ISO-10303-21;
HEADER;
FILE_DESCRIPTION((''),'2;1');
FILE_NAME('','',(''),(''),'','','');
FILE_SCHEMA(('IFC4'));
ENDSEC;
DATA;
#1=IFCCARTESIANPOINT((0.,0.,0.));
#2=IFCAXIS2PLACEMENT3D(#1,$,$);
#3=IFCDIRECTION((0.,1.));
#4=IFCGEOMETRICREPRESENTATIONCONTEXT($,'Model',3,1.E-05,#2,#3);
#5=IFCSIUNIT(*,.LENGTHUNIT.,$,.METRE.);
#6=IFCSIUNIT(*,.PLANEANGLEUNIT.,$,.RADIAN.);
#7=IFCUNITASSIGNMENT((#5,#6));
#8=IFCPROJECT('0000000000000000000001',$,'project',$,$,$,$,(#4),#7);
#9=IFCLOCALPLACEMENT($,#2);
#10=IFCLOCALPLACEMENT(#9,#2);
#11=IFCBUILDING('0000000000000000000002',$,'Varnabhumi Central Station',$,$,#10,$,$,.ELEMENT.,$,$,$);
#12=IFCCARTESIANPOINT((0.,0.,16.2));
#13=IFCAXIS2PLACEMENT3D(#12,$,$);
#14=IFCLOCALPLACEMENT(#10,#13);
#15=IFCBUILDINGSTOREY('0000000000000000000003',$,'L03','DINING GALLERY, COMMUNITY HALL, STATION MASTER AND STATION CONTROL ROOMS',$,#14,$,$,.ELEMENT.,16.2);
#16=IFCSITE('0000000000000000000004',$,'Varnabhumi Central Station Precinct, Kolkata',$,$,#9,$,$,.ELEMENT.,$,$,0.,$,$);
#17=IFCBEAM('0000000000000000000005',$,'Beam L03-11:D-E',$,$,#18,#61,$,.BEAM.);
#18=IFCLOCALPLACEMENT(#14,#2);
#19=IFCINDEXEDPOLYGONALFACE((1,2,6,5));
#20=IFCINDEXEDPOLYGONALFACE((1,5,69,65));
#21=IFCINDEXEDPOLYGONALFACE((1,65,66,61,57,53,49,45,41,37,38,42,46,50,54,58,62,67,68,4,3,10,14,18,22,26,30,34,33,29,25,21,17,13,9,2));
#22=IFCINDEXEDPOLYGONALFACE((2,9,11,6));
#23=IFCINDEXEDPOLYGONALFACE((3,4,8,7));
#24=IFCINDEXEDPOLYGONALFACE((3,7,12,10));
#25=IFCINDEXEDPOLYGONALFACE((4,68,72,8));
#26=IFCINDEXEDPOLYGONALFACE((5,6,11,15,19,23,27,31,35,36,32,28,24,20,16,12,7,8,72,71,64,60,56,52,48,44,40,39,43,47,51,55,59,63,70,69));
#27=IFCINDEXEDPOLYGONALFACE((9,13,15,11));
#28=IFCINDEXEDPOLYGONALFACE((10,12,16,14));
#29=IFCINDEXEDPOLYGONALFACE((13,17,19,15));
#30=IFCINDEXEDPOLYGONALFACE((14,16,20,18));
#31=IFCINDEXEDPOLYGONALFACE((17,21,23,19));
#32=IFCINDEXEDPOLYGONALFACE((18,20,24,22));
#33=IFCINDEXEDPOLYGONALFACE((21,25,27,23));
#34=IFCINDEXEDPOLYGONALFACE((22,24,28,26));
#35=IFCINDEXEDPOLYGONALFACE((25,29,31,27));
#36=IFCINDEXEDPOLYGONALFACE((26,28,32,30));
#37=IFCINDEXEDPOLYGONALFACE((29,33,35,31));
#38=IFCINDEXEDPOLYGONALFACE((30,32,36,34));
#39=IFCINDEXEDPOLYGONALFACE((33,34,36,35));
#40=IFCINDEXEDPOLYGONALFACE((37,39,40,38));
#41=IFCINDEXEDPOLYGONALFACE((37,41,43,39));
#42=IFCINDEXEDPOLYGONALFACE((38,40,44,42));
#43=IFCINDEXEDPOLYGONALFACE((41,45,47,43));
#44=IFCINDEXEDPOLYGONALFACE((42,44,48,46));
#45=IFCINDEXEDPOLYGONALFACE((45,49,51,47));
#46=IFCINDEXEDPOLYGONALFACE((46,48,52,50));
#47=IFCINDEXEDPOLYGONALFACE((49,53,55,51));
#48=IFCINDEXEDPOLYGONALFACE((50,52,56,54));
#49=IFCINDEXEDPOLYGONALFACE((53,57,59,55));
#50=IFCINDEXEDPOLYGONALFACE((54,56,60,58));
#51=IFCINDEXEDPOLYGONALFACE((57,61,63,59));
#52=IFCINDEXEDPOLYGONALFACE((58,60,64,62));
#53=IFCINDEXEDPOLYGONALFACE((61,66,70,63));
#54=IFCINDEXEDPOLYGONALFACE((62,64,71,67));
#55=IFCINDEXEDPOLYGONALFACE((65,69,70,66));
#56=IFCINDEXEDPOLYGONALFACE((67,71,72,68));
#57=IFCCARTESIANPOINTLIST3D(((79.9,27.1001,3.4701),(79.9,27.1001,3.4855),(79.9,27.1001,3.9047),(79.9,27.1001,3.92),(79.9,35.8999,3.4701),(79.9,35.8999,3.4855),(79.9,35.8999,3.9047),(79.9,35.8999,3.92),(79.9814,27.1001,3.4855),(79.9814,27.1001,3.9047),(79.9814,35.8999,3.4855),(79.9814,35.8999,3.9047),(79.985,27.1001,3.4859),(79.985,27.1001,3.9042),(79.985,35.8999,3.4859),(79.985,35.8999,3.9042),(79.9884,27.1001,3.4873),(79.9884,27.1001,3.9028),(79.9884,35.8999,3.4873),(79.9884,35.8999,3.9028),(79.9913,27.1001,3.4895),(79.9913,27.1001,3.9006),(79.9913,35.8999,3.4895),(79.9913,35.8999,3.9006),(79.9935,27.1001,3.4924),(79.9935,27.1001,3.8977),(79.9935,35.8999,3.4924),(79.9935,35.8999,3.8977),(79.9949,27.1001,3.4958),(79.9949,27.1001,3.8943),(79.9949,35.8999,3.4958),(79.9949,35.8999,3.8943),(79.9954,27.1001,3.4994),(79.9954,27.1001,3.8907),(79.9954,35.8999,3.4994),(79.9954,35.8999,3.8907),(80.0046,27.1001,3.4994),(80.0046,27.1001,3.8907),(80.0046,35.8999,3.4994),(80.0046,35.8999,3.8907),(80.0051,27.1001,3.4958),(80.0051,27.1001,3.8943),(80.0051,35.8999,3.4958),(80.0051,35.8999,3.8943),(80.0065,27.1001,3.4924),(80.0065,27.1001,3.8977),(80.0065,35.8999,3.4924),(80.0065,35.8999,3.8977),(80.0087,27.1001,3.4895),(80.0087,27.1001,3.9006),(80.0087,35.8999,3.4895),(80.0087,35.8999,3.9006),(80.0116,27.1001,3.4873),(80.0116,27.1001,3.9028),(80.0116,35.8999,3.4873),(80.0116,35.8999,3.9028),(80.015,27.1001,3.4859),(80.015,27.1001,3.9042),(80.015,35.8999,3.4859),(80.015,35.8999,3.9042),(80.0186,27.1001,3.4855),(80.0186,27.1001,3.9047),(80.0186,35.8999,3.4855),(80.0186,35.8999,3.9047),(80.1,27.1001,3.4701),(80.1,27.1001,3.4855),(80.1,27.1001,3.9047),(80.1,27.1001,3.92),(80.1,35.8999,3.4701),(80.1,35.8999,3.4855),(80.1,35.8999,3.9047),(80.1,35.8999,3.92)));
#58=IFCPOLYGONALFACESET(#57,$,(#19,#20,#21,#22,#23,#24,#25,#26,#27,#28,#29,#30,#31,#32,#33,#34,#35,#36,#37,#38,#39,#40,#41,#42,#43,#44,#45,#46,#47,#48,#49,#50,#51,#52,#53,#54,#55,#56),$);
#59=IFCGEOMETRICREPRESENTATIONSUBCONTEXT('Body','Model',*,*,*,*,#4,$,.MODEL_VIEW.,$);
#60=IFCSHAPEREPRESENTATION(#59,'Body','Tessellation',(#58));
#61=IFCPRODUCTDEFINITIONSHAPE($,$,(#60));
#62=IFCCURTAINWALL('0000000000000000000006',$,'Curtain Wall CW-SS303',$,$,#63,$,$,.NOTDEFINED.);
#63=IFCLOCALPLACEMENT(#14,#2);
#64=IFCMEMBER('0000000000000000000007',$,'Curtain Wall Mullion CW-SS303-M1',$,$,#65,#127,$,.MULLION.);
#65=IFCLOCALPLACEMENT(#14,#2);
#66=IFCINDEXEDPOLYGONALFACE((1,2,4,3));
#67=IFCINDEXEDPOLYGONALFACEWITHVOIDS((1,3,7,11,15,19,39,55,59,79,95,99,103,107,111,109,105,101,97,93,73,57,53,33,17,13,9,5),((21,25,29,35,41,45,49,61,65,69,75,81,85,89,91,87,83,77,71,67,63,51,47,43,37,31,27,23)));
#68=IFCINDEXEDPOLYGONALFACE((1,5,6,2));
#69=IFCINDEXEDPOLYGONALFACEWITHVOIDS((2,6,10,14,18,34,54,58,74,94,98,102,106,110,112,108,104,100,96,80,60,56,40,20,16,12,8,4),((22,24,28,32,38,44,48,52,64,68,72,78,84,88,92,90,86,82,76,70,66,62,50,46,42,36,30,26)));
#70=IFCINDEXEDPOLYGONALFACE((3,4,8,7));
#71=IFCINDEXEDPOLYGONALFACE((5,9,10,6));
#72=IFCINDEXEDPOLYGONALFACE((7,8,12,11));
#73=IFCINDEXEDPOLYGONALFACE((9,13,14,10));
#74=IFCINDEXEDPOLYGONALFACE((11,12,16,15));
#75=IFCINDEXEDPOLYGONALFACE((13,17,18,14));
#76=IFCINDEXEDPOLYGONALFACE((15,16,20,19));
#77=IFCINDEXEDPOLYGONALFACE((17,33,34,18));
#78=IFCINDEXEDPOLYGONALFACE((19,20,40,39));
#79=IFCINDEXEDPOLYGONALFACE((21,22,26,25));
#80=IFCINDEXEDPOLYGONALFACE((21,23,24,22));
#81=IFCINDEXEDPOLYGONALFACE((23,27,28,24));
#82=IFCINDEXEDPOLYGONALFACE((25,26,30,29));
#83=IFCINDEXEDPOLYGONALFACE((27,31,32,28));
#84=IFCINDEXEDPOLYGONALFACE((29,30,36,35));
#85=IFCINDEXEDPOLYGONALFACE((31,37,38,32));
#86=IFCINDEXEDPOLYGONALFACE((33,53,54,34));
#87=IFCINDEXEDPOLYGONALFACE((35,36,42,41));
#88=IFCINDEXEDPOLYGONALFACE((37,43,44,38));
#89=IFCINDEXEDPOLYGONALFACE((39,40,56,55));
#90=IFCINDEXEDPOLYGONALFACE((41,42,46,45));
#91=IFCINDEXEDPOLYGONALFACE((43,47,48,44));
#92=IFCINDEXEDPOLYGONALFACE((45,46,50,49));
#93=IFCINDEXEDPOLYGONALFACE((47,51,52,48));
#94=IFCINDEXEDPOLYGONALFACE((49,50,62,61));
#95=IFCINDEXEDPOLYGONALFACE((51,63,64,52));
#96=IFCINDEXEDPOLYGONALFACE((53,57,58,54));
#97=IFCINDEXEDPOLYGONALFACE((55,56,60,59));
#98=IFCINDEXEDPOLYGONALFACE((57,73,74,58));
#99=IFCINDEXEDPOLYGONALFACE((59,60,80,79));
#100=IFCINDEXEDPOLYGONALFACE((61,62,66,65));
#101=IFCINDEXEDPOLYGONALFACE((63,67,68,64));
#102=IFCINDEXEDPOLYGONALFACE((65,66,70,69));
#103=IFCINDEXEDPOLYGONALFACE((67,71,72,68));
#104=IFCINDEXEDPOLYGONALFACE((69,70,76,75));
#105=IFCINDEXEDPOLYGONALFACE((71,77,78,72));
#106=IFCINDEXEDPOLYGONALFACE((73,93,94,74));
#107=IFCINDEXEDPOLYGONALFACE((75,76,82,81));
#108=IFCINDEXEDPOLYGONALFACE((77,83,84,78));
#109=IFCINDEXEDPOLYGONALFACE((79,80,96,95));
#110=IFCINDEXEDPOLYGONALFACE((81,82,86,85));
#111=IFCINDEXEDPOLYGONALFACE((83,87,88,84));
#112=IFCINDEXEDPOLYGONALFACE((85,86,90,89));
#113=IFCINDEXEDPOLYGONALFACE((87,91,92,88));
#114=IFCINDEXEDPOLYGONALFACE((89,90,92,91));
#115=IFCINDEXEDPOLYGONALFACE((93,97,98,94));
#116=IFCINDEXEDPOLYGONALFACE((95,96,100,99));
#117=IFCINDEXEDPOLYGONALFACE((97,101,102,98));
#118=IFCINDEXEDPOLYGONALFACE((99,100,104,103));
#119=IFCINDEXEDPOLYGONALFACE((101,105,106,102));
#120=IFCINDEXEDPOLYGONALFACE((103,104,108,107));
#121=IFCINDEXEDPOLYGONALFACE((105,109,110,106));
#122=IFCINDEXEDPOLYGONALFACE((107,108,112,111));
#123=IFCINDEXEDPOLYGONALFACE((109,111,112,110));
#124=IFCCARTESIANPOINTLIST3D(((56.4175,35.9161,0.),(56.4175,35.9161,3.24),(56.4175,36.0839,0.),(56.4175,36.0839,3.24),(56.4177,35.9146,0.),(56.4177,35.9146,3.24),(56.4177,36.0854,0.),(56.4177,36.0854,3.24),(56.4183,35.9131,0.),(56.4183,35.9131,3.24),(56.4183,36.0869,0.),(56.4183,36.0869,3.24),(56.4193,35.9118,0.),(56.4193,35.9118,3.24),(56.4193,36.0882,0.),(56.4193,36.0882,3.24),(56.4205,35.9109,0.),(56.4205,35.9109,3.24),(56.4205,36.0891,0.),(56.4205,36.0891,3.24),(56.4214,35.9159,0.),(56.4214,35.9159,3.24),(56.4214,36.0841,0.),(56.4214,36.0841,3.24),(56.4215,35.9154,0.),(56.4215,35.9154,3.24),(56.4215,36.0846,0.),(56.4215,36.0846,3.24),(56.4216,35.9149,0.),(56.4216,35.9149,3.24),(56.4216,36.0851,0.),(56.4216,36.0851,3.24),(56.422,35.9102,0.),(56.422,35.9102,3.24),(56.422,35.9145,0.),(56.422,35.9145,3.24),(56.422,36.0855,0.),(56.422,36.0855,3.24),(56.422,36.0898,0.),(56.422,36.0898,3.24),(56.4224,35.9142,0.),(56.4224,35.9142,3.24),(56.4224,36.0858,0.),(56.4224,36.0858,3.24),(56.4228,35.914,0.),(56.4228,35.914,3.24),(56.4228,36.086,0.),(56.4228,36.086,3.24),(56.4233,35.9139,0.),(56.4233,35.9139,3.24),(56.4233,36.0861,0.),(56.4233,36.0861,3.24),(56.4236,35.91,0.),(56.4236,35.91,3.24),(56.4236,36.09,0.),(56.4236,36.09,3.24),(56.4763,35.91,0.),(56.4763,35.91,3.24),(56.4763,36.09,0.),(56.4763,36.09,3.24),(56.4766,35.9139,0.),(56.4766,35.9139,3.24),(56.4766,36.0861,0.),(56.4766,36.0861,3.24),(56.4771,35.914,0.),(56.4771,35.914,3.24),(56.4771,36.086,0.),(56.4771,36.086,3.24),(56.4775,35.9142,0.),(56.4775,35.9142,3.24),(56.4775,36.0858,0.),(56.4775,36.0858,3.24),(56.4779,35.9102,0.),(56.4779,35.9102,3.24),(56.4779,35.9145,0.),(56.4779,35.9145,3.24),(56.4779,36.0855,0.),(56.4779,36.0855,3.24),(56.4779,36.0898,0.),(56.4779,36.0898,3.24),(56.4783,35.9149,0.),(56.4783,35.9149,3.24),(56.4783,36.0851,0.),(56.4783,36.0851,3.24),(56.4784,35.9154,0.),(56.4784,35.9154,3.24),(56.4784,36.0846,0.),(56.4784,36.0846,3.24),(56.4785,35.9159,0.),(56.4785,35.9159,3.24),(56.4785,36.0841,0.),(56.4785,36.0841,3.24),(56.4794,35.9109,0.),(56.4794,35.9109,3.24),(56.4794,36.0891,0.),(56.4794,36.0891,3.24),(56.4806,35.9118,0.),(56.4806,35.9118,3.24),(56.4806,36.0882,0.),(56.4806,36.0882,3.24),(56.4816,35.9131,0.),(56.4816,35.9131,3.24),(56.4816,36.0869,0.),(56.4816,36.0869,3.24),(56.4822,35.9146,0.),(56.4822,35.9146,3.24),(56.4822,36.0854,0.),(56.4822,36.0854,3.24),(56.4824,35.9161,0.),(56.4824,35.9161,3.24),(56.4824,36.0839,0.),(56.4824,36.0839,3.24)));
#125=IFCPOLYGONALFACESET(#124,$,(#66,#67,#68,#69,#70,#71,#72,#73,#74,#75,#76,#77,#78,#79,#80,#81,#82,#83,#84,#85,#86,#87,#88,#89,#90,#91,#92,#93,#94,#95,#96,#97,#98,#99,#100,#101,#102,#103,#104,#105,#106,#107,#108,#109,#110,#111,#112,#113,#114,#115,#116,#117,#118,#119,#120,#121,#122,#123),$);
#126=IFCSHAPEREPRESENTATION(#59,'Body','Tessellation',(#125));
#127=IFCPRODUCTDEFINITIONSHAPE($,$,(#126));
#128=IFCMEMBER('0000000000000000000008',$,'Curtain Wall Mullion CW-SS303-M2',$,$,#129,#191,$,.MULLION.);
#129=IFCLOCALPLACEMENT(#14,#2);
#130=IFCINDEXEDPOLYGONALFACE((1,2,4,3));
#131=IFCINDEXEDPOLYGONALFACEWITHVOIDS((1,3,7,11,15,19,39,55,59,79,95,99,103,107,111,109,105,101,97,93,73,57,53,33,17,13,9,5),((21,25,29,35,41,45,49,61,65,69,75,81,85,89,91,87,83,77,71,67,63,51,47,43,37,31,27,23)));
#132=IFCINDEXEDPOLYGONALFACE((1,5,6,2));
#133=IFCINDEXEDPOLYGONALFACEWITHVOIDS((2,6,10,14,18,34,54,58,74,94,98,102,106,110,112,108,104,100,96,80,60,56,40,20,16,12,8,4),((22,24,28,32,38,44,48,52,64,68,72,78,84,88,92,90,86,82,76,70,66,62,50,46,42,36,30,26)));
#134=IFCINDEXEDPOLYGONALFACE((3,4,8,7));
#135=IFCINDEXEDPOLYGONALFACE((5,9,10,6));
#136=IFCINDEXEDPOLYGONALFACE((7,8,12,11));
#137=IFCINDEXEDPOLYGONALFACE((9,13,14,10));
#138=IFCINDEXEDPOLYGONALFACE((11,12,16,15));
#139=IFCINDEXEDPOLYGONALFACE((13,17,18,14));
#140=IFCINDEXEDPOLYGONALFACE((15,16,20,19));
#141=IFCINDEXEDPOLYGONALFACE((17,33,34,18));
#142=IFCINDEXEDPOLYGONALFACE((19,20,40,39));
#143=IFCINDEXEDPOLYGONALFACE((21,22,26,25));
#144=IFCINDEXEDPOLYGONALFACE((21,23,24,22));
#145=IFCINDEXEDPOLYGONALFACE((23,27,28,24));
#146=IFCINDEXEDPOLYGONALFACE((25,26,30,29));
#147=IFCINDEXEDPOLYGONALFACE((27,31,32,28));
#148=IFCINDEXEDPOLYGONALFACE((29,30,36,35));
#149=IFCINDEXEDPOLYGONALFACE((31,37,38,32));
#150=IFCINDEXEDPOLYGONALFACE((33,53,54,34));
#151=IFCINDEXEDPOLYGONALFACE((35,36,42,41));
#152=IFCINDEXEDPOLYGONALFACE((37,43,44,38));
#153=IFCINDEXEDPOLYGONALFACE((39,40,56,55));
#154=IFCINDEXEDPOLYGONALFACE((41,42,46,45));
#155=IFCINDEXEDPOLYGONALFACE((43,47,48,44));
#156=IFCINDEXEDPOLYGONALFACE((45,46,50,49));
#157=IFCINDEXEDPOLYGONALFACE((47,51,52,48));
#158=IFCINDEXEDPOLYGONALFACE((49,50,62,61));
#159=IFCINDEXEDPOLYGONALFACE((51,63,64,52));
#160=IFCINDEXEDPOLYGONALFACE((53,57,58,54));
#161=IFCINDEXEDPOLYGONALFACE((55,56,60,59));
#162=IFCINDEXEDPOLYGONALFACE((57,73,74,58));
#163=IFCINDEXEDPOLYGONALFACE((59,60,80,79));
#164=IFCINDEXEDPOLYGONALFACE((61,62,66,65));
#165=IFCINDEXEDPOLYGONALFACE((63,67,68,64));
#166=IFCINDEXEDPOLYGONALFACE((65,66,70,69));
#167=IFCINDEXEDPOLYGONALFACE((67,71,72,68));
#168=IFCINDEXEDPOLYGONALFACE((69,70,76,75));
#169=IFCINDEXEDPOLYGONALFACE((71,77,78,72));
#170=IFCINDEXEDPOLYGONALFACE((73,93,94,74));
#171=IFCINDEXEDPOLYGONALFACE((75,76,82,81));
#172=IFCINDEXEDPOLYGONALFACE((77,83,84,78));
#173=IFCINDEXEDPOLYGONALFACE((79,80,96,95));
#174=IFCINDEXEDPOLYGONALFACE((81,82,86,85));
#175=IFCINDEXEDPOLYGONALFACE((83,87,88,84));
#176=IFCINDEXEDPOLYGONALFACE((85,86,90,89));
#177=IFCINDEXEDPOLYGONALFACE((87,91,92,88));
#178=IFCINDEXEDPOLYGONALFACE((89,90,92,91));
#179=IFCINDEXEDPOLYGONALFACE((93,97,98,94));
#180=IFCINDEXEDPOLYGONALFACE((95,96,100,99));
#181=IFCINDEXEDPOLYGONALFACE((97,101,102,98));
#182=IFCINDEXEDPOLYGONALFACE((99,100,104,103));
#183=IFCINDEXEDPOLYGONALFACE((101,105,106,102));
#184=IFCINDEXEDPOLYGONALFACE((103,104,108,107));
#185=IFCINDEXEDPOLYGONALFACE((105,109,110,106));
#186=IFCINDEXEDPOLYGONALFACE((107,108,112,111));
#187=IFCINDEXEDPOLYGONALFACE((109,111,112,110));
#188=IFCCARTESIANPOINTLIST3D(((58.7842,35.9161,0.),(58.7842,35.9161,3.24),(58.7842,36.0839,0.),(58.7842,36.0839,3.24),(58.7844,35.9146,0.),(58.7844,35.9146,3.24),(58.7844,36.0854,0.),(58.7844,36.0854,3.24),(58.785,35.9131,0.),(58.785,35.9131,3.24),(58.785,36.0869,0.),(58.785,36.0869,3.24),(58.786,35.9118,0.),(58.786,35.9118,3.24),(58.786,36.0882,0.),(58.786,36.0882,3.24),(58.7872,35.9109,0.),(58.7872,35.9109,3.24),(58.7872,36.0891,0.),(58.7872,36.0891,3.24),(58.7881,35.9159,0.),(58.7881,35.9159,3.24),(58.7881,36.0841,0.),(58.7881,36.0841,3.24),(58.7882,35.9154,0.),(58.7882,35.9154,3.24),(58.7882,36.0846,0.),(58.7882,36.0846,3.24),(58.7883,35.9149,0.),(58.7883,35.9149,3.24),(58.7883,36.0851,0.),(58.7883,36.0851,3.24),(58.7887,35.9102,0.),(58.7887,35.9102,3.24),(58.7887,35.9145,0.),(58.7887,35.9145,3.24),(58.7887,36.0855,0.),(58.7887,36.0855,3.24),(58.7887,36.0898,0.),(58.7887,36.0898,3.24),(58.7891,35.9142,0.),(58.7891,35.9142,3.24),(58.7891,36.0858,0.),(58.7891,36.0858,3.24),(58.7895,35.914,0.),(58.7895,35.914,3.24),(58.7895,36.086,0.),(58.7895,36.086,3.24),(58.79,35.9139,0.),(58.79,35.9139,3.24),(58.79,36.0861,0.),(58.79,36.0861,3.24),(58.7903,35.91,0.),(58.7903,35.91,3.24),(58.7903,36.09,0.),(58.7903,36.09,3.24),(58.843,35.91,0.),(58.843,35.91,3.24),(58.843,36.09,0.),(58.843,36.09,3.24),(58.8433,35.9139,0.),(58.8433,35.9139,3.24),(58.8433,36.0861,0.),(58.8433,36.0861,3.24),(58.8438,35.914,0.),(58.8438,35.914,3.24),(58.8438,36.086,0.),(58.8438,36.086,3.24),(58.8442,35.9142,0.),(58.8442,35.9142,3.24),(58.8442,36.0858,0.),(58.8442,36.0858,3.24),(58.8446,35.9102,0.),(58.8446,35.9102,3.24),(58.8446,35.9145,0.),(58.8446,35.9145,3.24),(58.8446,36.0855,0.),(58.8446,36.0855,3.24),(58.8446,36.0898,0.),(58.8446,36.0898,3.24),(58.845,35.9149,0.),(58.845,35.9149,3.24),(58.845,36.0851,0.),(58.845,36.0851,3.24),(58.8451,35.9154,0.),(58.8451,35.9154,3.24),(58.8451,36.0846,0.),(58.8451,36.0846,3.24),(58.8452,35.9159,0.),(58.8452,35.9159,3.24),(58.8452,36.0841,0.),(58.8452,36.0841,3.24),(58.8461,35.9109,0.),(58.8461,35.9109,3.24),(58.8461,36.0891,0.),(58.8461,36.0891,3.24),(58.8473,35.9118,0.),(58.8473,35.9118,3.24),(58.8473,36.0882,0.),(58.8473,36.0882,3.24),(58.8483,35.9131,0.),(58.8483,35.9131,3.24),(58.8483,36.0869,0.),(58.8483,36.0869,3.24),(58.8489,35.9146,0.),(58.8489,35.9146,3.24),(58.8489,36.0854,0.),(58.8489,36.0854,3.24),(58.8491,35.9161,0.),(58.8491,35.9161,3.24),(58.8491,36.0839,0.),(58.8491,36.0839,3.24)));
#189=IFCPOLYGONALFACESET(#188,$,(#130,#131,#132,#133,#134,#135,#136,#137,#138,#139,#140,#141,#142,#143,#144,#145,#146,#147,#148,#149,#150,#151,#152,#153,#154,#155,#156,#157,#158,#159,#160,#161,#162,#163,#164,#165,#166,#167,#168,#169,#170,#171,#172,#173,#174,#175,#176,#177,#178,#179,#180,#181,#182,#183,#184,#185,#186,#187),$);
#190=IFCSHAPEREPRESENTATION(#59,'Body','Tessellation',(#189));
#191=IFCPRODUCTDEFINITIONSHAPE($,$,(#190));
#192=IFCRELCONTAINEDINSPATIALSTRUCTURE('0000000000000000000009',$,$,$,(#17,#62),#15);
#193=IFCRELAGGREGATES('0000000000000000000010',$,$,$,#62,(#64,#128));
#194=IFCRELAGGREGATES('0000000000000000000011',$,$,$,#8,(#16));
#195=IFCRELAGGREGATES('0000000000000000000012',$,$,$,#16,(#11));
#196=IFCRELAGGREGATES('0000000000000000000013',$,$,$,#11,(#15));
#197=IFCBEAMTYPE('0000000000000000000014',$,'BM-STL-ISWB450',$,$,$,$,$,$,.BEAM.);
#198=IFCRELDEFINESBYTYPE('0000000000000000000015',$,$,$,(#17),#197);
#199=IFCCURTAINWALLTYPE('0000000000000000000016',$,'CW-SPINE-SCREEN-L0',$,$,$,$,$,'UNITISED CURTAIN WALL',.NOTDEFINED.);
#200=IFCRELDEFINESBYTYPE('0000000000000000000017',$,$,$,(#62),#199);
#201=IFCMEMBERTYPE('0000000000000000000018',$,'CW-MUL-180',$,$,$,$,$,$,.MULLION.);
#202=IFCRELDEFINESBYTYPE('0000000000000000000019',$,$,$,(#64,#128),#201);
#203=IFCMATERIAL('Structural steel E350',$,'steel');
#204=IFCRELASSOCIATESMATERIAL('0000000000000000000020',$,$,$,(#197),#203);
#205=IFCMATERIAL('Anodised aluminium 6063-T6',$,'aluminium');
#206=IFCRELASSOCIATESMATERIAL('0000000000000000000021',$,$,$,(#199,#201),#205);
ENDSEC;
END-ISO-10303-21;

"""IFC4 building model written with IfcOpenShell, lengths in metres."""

from ifc_helpers import new_model, si_unit, direction, frame, origin, origin_2d, place, context, subcontext, project, spatial, hollow_rectangle, i_section, extrude, material, material_profile, profile_set, type_object, element, aggregate, save


model = new_model("IFC4")

# Units and contexts
model_context = context("Model", 3, precision=1e-05, world=origin(), true_north=direction((0.0, 1.0)))
body_context = subcontext(model_context, "Body", "Model", "MODEL_VIEW")
ifc_project = project(units=[si_unit("LENGTHUNIT", "METRE"), si_unit("PLANEANGLEUNIT", "RADIAN")], contexts=[model_context])

# Site, building, storey
site_placement = place(None, origin())
site = spatial("IfcSite", under=ifc_project, at=site_placement, Name="Varnabhumi Central Station Precinct, Kolkata", CompositionType="ELEMENT", RefElevation=0.0)
building_placement = place(site_placement, origin())
building = spatial("IfcBuilding", under=site, at=building_placement, Name="Varnabhumi Central Station", CompositionType="ELEMENT")
storey_placement = place(building_placement, frame((0.0, 0.0, 16.2)))
storey = spatial("IfcBuildingStorey", under=building, at=storey_placement, Name="L03", Description="DINING GALLERY, COMMUNITY HALL, STATION MASTER AND STATION CONTROL ROOMS", CompositionType="ELEMENT", Elevation=16.2)

# Beam
ifc_material_1 = material(Name="Structural steel E350", Category="steel")
ifc_material_profile_1 = material_profile(ifc_material_1, i_section(OverallWidth=0.2, OverallDepth=0.45, WebThickness=0.0093, FlangeThickness=0.0154, FilletRadius=0.0139, at=origin_2d()), Name="Structural steel E350", Category="steel")
ifc_profile_set_1 = profile_set([ifc_material_profile_1], Name="Structural steel E350")
beam_type_1 = type_object("IfcBeamType", Name="BM-STL-ISWB450", PredefinedType="BEAM", material=ifc_profile_set_1)
for number, where, z_axis, x_axis, name in (
    (1, (80.0, 27.1001, 3.6951), (0.0, 1.0, 0.0), (-1.0, 0.0, 0.0), "Beam L03-11:D-E"),
):
    element("IfcBeam", number, at=place(storey_placement, frame(where, z_axis=z_axis, x_axis=x_axis)), inside=storey, type_object=beam_type_1, Name=name, PredefinedType="BEAM", context=body_context, shape_type="SweptSolid", body=[
        extrude(i_section(OverallWidth=0.2, OverallDepth=0.45, WebThickness=0.0093, FlangeThickness=0.0154, FilletRadius=0.0139, at=origin_2d()), origin(), (0.0, 0.0, 1.0), 8.7998),
    ])

# Curtain wall, members
ifc_material_2 = material(Name="Anodised aluminium 6063-T6", Category="aluminium")
curtain_wall_type = type_object("IfcCurtainWallType", Name="CW-SPINE-SCREEN-L0", ElementType="UNITISED CURTAIN WALL", PredefinedType="NOTDEFINED", material=ifc_material_2)
curtain_wall_placement = place(storey_placement, origin())
curtain_wall = element("IfcCurtainWall", 2, at=curtain_wall_placement, inside=storey, type_object=curtain_wall_type, Name="Curtain Wall CW-SS303", PredefinedType="NOTDEFINED")
ifc_material_profile_2 = material_profile(ifc_material_2, hollow_rectangle(XDim=0.0649, YDim=0.1799, WallThickness=0.0039, InnerFilletRadius=0.002, OuterFilletRadius=0.0061, at=origin_2d()), Name="Anodised aluminium 6063-T6", Category="aluminium")
ifc_profile_set_2 = profile_set([ifc_material_profile_2], Name="Anodised aluminium 6063-T6")
member_type_1 = type_object("IfcMemberType", Name="CW-MUL-180", PredefinedType="MULLION", material=ifc_profile_set_2)
member_1_placement = place(storey_placement, frame((56.45, 36.0, 0.0), z_axis=(0.0, 0.0, 1.0), x_axis=(1.0, 0.0, 0.0)))
member_1 = element("IfcMember", 3, at=member_1_placement, type_object=member_type_1, Name="Curtain Wall Mullion CW-SS303-M1", PredefinedType="MULLION", context=body_context, shape_type="SweptSolid", body=[
    extrude(hollow_rectangle(XDim=0.0649, YDim=0.1799, WallThickness=0.0039, InnerFilletRadius=0.002, OuterFilletRadius=0.0061, at=origin_2d()), origin(), (0.0, 0.0, 1.0), 3.24),
])
member_2_placement = place(storey_placement, frame((58.8167, 36.0, 0.0), z_axis=(0.0, 0.0, 1.0), x_axis=(1.0, 0.0, 0.0)))
member_2 = element("IfcMember", 4, at=member_2_placement, type_object=member_type_1, Name="Curtain Wall Mullion CW-SS303-M2", PredefinedType="MULLION", context=body_context, shape_type="SweptSolid", body=[
    extrude(hollow_rectangle(XDim=0.0649, YDim=0.1799, WallThickness=0.0039, InnerFilletRadius=0.002, OuterFilletRadius=0.0061, at=origin_2d()), origin(), (0.0, 0.0, 1.0), 3.24),
])
aggregate(curtain_wall, [member_1, member_2])

save(model, "model.ifc")
